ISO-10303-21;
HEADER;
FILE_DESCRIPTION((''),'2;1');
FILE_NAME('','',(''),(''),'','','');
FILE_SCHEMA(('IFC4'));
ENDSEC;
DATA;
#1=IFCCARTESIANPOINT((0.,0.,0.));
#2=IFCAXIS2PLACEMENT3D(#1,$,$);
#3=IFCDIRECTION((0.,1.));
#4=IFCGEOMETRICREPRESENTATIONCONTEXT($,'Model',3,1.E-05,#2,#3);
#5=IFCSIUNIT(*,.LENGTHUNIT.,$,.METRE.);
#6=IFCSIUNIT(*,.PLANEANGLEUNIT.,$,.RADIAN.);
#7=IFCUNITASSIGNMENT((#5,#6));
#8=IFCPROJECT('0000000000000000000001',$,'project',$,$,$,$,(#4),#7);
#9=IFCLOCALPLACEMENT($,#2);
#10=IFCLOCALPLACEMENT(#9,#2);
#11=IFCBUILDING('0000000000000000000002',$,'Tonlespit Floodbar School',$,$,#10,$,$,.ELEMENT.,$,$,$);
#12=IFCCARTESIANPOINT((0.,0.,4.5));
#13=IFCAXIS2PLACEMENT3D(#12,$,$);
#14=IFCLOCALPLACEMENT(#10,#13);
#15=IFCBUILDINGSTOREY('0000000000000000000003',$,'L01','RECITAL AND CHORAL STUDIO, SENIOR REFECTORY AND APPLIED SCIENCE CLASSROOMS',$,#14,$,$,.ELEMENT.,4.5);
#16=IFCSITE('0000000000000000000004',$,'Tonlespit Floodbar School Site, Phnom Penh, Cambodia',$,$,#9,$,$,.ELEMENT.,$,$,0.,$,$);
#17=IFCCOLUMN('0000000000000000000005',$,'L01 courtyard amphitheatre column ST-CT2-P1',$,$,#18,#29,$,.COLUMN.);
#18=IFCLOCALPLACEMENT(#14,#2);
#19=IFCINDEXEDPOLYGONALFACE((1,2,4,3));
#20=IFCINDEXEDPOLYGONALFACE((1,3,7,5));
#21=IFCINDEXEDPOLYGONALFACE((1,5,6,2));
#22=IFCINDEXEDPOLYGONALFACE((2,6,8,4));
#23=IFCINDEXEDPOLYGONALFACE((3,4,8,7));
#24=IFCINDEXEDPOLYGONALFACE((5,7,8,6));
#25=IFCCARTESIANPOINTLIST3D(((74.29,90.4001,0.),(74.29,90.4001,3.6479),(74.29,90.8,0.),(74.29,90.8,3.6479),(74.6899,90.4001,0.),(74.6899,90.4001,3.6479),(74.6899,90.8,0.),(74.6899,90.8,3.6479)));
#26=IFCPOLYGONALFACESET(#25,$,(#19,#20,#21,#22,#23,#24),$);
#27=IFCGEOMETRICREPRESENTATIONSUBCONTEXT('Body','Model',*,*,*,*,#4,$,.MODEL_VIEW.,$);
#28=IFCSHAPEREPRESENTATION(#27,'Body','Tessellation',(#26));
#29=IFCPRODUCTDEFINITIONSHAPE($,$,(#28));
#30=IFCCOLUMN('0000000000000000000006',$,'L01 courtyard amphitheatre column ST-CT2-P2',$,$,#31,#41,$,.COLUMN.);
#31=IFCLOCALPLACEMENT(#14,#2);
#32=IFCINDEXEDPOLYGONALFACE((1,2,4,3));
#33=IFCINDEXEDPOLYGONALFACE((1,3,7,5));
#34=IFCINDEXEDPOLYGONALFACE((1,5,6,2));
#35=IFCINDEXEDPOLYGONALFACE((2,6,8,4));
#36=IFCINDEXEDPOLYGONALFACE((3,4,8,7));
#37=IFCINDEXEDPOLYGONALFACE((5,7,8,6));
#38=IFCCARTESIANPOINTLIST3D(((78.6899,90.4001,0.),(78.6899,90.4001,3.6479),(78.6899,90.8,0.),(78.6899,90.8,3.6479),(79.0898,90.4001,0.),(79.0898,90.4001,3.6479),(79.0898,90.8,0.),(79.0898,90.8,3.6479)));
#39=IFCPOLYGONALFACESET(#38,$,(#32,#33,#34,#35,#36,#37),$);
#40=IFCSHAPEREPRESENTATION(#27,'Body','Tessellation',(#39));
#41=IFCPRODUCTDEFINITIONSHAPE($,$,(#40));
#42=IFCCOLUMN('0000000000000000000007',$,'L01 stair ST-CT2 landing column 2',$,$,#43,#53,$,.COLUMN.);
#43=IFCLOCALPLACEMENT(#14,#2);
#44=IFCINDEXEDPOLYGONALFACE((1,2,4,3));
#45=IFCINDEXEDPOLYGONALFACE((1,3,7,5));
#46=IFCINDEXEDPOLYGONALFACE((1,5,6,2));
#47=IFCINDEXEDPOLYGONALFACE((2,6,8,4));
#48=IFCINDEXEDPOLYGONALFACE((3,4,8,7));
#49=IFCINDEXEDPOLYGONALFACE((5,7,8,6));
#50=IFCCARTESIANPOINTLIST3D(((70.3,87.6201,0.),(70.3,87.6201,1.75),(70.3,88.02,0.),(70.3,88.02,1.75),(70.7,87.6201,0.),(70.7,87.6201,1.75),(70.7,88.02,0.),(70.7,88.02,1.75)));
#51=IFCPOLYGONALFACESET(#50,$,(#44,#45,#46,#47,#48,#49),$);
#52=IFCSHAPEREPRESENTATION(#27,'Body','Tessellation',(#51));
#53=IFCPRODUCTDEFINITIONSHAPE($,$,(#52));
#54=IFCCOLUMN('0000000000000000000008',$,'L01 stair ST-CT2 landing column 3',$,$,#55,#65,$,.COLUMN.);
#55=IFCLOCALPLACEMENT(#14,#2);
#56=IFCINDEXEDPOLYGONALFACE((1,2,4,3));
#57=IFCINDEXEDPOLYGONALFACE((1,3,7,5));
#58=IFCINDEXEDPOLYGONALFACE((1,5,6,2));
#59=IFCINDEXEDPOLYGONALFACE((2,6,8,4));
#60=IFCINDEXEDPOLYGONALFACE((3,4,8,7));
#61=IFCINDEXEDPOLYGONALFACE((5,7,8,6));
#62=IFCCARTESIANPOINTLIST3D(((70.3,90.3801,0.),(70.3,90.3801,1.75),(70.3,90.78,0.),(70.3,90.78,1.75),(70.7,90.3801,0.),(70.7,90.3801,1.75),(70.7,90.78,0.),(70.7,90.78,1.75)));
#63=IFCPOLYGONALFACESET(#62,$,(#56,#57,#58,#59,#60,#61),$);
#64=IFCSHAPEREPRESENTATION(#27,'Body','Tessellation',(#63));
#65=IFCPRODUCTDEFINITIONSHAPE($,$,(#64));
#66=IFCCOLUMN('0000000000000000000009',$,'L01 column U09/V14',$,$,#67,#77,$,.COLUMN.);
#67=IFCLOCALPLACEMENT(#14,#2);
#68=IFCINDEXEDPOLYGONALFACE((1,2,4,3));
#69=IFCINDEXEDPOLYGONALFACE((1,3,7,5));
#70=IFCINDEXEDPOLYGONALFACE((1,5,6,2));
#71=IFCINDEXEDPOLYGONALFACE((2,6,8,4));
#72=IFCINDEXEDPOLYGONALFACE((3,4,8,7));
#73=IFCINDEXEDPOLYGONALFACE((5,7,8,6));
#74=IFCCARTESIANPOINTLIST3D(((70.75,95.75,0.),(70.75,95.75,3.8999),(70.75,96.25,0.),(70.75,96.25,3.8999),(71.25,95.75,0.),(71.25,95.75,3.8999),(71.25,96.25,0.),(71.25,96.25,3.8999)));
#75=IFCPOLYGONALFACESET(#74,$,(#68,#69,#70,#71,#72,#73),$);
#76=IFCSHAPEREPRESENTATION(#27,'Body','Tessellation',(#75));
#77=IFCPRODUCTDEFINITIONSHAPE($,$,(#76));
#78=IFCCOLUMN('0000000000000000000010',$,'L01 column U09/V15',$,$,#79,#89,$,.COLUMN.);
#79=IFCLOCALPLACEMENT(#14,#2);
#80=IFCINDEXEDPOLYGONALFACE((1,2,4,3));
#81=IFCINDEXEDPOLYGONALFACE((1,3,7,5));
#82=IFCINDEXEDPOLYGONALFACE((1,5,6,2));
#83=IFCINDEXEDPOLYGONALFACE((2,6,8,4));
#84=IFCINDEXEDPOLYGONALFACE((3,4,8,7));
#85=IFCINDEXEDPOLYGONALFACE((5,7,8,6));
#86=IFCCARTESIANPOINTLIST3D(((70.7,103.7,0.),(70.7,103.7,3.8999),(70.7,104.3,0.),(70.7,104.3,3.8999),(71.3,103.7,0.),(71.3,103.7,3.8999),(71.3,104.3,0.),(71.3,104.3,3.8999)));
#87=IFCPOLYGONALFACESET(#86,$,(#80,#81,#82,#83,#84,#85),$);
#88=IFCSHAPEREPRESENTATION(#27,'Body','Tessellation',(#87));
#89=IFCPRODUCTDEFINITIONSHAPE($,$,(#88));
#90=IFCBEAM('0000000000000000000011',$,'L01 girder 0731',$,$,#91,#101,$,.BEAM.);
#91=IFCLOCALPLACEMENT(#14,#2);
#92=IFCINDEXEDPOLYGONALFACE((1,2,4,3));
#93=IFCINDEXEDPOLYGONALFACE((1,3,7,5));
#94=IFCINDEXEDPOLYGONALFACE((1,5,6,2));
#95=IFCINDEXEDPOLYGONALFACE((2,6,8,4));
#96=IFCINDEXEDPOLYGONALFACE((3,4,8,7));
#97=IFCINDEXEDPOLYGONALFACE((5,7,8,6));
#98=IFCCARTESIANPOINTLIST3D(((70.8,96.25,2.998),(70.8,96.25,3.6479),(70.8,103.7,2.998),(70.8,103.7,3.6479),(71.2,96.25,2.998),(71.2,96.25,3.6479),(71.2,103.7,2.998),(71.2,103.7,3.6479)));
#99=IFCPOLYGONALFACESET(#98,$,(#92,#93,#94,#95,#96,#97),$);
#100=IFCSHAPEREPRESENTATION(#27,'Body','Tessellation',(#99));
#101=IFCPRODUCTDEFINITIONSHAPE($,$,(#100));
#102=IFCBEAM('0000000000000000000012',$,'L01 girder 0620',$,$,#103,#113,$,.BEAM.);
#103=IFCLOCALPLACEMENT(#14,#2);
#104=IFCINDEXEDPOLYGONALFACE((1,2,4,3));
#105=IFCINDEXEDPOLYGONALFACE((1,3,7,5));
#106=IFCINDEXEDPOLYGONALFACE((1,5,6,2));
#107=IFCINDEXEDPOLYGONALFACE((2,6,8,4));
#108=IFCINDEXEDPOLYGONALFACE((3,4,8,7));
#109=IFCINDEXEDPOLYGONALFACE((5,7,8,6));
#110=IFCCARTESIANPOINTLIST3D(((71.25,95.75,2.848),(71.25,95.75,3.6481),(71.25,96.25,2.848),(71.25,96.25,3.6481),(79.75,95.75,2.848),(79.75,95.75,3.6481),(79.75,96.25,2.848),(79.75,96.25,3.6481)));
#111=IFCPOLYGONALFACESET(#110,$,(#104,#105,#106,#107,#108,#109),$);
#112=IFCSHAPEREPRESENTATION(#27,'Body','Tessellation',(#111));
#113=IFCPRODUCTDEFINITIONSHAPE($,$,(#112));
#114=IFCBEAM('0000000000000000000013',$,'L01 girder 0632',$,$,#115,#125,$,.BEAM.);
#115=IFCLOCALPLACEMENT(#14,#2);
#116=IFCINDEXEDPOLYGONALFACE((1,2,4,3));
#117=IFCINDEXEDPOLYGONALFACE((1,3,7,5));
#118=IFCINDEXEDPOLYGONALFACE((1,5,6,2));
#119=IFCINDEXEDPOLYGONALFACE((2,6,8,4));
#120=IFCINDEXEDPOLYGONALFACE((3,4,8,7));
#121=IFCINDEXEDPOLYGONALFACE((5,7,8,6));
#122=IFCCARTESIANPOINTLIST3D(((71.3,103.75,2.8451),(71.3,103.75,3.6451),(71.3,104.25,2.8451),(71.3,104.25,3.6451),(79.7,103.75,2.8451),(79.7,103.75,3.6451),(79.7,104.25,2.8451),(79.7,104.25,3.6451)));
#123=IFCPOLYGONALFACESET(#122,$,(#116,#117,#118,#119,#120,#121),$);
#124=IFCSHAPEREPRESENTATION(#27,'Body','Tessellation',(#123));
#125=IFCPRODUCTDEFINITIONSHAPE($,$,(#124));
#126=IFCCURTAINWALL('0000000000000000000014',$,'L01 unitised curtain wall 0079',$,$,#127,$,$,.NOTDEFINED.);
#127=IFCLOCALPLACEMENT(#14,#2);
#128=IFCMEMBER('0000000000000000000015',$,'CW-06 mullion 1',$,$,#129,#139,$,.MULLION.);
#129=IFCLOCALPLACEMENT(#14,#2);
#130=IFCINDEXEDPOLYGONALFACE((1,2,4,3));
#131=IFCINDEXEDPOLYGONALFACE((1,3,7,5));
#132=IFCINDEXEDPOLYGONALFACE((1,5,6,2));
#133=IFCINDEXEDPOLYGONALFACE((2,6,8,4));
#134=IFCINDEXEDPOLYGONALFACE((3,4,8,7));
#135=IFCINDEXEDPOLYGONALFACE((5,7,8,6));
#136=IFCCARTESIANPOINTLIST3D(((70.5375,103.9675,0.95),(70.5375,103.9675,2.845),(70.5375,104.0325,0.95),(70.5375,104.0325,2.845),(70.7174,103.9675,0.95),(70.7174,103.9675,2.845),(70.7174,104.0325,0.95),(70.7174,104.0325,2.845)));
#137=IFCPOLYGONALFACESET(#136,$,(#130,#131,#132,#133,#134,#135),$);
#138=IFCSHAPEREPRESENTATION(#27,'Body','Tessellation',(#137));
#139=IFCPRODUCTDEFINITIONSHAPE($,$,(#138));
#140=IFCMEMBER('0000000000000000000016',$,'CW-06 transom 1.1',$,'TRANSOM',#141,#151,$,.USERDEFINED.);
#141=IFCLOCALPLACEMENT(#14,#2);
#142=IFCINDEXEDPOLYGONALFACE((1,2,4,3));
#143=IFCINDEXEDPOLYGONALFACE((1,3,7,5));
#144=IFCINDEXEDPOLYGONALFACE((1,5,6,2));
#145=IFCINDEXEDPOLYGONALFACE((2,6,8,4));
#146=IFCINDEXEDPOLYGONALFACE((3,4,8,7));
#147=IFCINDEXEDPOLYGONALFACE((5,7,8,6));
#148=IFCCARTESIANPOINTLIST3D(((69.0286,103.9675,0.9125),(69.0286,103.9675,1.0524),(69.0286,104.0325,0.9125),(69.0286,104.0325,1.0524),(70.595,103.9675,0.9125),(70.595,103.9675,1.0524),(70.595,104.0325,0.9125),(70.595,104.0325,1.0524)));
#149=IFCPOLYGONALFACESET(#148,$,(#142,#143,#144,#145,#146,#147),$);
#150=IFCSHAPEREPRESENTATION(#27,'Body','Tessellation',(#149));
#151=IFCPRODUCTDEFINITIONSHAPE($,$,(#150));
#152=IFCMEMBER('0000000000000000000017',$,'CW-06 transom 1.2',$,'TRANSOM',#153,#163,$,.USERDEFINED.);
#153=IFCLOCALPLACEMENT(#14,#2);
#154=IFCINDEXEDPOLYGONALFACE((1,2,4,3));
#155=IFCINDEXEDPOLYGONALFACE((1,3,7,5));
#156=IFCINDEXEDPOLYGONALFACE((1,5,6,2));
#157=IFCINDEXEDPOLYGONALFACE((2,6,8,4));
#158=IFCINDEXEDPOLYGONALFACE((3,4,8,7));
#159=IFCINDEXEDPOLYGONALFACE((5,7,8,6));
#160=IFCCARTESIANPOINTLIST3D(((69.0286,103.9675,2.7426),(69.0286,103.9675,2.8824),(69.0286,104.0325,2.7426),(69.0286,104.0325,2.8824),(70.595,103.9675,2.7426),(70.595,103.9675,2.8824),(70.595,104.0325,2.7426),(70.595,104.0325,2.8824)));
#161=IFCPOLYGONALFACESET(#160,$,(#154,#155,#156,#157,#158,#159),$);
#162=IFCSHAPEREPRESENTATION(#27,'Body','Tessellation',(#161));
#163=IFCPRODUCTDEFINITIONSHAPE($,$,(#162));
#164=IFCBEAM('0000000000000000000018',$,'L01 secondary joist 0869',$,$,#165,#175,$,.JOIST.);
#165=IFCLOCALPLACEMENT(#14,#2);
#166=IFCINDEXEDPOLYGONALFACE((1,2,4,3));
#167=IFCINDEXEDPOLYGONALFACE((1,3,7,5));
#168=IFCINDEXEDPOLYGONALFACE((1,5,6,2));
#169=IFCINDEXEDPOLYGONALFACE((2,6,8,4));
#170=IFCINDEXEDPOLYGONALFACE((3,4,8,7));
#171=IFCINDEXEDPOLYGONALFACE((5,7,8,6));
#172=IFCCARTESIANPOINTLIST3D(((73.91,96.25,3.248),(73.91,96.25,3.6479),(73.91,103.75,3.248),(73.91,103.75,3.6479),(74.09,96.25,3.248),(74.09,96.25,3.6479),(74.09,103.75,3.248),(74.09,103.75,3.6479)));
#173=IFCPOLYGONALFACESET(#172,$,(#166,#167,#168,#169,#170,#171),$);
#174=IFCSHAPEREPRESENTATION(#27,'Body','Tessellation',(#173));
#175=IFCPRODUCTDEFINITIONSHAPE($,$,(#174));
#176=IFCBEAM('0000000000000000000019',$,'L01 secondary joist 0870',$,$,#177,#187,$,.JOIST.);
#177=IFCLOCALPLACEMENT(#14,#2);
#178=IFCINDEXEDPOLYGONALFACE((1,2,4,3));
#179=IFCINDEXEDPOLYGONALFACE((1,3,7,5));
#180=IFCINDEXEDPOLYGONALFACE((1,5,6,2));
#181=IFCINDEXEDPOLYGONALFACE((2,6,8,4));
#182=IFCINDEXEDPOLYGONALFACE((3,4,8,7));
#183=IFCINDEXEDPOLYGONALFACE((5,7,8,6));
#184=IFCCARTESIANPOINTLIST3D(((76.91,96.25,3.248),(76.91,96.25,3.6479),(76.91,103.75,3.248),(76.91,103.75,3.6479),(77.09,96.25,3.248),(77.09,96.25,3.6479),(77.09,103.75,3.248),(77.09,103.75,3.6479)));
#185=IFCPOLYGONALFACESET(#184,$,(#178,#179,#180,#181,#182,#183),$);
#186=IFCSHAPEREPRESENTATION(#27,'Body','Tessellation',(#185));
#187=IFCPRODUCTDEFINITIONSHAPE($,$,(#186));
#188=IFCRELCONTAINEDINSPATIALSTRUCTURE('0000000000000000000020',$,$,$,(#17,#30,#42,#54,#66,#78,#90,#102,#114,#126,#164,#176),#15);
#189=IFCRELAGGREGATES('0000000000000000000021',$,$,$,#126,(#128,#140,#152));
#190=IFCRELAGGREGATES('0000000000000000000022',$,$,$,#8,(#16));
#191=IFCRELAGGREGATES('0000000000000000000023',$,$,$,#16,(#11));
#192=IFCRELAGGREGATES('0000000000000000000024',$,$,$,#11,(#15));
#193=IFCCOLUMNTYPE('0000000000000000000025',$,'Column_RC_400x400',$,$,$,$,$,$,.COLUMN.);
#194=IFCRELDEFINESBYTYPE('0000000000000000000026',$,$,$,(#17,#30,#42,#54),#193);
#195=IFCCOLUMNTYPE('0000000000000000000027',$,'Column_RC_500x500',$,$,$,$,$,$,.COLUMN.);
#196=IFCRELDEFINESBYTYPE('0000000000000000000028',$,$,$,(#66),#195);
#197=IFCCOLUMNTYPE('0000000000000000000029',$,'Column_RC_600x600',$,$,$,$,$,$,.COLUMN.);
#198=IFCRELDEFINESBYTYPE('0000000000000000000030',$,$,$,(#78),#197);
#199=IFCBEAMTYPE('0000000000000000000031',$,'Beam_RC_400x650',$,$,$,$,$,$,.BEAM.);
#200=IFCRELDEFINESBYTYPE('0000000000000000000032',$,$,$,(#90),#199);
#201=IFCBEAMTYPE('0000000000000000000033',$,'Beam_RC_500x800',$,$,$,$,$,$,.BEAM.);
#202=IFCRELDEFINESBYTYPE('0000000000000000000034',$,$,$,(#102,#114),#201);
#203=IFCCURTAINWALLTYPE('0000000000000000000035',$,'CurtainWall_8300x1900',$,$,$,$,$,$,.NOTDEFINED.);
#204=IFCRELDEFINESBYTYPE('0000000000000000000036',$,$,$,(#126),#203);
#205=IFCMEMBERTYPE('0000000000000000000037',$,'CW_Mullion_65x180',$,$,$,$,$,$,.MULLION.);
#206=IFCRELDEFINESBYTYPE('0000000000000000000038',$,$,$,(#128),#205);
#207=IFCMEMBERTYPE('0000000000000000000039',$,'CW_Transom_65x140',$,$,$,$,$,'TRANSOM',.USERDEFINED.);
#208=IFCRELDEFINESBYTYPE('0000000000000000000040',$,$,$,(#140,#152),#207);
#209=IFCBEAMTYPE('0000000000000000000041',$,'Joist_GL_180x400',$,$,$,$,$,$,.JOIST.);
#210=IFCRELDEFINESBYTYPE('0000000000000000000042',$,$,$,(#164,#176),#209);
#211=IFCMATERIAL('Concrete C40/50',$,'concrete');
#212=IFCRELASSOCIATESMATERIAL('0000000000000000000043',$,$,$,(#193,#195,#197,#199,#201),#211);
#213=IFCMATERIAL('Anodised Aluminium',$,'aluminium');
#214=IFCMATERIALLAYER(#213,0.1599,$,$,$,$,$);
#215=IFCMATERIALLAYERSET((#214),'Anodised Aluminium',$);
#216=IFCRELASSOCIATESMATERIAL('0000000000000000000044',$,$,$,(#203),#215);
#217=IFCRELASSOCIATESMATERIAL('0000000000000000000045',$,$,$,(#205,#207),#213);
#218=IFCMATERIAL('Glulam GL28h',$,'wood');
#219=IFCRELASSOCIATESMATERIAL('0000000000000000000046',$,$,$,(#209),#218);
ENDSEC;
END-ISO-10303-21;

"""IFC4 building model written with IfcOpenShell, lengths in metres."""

from ifc_helpers import new_model, si_unit, direction, frame, origin, origin_2d, place, context, subcontext, project, spatial, rectangle, extrude, material, layer, layer_set, material_profile, profile_set, type_object, element, aggregate, save


model = new_model("IFC4")

# Units and contexts
model_context = context("Model", 3, precision=1e-05, world=origin(), true_north=direction((0.0, 1.0)))
body_context = subcontext(model_context, "Body", "Model", "MODEL_VIEW")
ifc_project = project(units=[si_unit("LENGTHUNIT", "METRE"), si_unit("PLANEANGLEUNIT", "RADIAN")], contexts=[model_context])

# Site, building, storey
site_placement = place(None, origin())
site = spatial("IfcSite", under=ifc_project, at=site_placement, Name="Tonlespit Floodbar School Site, Phnom Penh, Cambodia", CompositionType="ELEMENT", RefElevation=0.0)
building_placement = place(site_placement, origin())
building = spatial("IfcBuilding", under=site, at=building_placement, Name="Tonlespit Floodbar School", CompositionType="ELEMENT")
storey_placement = place(building_placement, frame((0.0, 0.0, 4.5)))
storey = spatial("IfcBuildingStorey", under=building, at=storey_placement, Name="L01", Description="RECITAL AND CHORAL STUDIO, SENIOR REFECTORY AND APPLIED SCIENCE CLASSROOMS", CompositionType="ELEMENT", Elevation=4.5)

# Columns
ifc_material_1 = material(Name="Concrete C40/50", Category="concrete")
ifc_material_profile_1 = material_profile(ifc_material_1, rectangle(XDim=0.3999, YDim=0.3999, at=origin_2d()), Name="RC 400x400")
ifc_profile_set_1 = profile_set([ifc_material_profile_1], Name="Concrete C40/50")
column_type_1 = type_object("IfcColumnType", Name="Column_RC_400x400", PredefinedType="COLUMN", material=ifc_profile_set_1)
for number, where, z_axis, x_axis, name in (
    (1, (74.49, 90.6001, 0.0), (0.0, 0.0, 1.0), (1.0, 0.0, 0.0), "L01 courtyard amphitheatre column ST-CT2-P1"),
    (2, (78.8899, 90.6001, 0.0), (0.0, 0.0, 1.0), (1.0, 0.0, 0.0), "L01 courtyard amphitheatre column ST-CT2-P2"),
):
    element("IfcColumn", number, at=place(storey_placement, frame(where, z_axis=z_axis, x_axis=x_axis)), inside=storey, type_object=column_type_1, Name=name, PredefinedType="COLUMN", context=body_context, shape_type="SweptSolid", body=[
        extrude(rectangle(XDim=0.3999, YDim=0.3999, at=origin_2d()), origin(), (0.0, 0.0, 1.0), 3.6479),
    ])
for number, where, z_axis, x_axis, name in (
    (3, (70.5, 87.8201, 0.0), (0.0, 0.0, 1.0), (1.0, 0.0, 0.0), "L01 stair ST-CT2 landing column 2"),
    (4, (70.5, 90.5801, 0.0), (0.0, 0.0, 1.0), (1.0, 0.0, 0.0), "L01 stair ST-CT2 landing column 3"),
):
    element("IfcColumn", number, at=place(storey_placement, frame(where, z_axis=z_axis, x_axis=x_axis)), inside=storey, type_object=column_type_1, Name=name, PredefinedType="COLUMN", context=body_context, shape_type="SweptSolid", body=[
        extrude(rectangle(XDim=0.3999, YDim=0.3999, at=origin_2d()), origin(), (0.0, 0.0, 1.0), 1.75),
    ])
ifc_material_profile_2 = material_profile(ifc_material_1, rectangle(XDim=0.5, YDim=0.5, at=origin_2d()), Name="RC 500x500")
ifc_profile_set_2 = profile_set([ifc_material_profile_2], Name="Concrete C40/50")
column_type_2 = type_object("IfcColumnType", Name="Column_RC_500x500", PredefinedType="COLUMN", material=ifc_profile_set_2)
column_1_placement = place(storey_placement, frame((71.0, 96.0, 0.0), z_axis=(0.0, 0.0, 1.0), x_axis=(1.0, 0.0, 0.0)))
element("IfcColumn", 5, at=column_1_placement, inside=storey, type_object=column_type_2, Name="L01 column U09/V14", PredefinedType="COLUMN", context=body_context, shape_type="SweptSolid", body=[
    extrude(rectangle(XDim=0.5, YDim=0.5, at=origin_2d()), origin(), (0.0, 0.0, 1.0), 3.8999),
])
ifc_material_profile_3 = material_profile(ifc_material_1, rectangle(XDim=0.6001, YDim=0.6001, at=origin_2d()), Name="RC 600x600")
ifc_profile_set_3 = profile_set([ifc_material_profile_3], Name="Concrete C40/50")
column_type_3 = type_object("IfcColumnType", Name="Column_RC_600x600", PredefinedType="COLUMN", material=ifc_profile_set_3)
column_2_placement = place(storey_placement, frame((71.0, 104.0, 0.0), z_axis=(0.0, 0.0, 1.0), x_axis=(1.0, 0.0, 0.0)))
element("IfcColumn", 6, at=column_2_placement, inside=storey, type_object=column_type_3, Name="L01 column U09/V15", PredefinedType="COLUMN", context=body_context, shape_type="SweptSolid", body=[
    extrude(rectangle(XDim=0.6001, YDim=0.6001, at=origin_2d()), origin(), (0.0, 0.0, 1.0), 3.8999),
])

# Beams
ifc_material_profile_4 = material_profile(ifc_material_1, rectangle(XDim=0.3999, YDim=0.6499, at=origin_2d()), Name="RC 400x650")
ifc_profile_set_4 = profile_set([ifc_material_profile_4], Name="Concrete C40/50")
beam_type_1 = type_object("IfcBeamType", Name="Beam_RC_400x650", PredefinedType="BEAM", material=ifc_profile_set_4)
beam_1_placement = place(storey_placement, frame((71.0, 96.25, 3.323), z_axis=(0.0, 1.0, 0.0), x_axis=(-1.0, 0.0, 0.0)))
element("IfcBeam", 7, at=beam_1_placement, inside=storey, type_object=beam_type_1, Name="L01 girder 0731", PredefinedType="BEAM", context=body_context, shape_type="SweptSolid", body=[
    extrude(rectangle(XDim=0.3999, YDim=0.6499, at=origin_2d()), origin(), (0.0, 0.0, 1.0), 7.45),
])
ifc_material_profile_5 = material_profile(ifc_material_1, rectangle(XDim=0.5, YDim=0.8, at=origin_2d()), Name="RC 500x800")
ifc_profile_set_5 = profile_set([ifc_material_profile_5], Name="Concrete C40/50")
beam_type_2 = type_object("IfcBeamType", Name="Beam_RC_500x800", PredefinedType="BEAM", material=ifc_profile_set_5)
beam_2_placement = place(storey_placement, frame((71.25, 96.0, 3.248), z_axis=(1.0, 0.0, 0.0), x_axis=(0.0, 1.0, 0.0)))
element("IfcBeam", 8, at=beam_2_placement, inside=storey, type_object=beam_type_2, Name="L01 girder 0620", PredefinedType="BEAM", context=body_context, shape_type="SweptSolid", body=[
    extrude(rectangle(XDim=0.5, YDim=0.8, at=origin_2d()), origin(), (0.0, 0.0, 1.0), 8.5),
])
beam_3_placement = place(storey_placement, frame((71.3, 104.0, 3.2451), z_axis=(1.0, 0.0, 0.0), x_axis=(0.0, 1.0, 0.0)))
element("IfcBeam", 9, at=beam_3_placement, inside=storey, type_object=beam_type_2, Name="L01 girder 0632", PredefinedType="BEAM", context=body_context, shape_type="SweptSolid", body=[
    extrude(rectangle(XDim=0.5, YDim=0.8, at=origin_2d()), origin(), (0.0, 0.0, 1.0), 8.3999),
])

# Curtain wall, members
ifc_material_2 = material(Name="Anodised Aluminium", Category="aluminium")
ifc_layer_1 = layer(ifc_material_2, 0.1599)
ifc_layer_set_1 = layer_set([ifc_layer_1], Name="Anodised Aluminium")
curtain_wall_type = type_object("IfcCurtainWallType", Name="CurtainWall_8300x1900", PredefinedType="NOTDEFINED", material=ifc_layer_set_1)
curtain_wall_placement = place(storey_placement, origin())
curtain_wall = element("IfcCurtainWall", 10, at=curtain_wall_placement, inside=storey, type_object=curtain_wall_type, Name="L01 unitised curtain wall 0079", PredefinedType="NOTDEFINED")
ifc_material_profile_6 = material_profile(ifc_material_2, rectangle(XDim=0.0649, YDim=0.1799, at=origin_2d()), Name="ALU M65x180")
ifc_profile_set_6 = profile_set([ifc_material_profile_6], Name="Anodised Aluminium")
member_type_1 = type_object("IfcMemberType", Name="CW_Mullion_65x180", PredefinedType="MULLION", material=ifc_profile_set_6)
member_1_placement = place(storey_placement, frame((70.6274, 104.0, 0.95), z_axis=(0.0, 0.0, 1.0), x_axis=(0.0, -1.0, 0.0)))
member_1 = element("IfcMember", 11, at=member_1_placement, type_object=member_type_1, Name="CW-06 mullion 1", PredefinedType="MULLION", context=body_context, shape_type="SweptSolid", body=[
    extrude(rectangle(XDim=0.0649, YDim=0.1799, at=origin_2d()), origin(), (0.0, 0.0, 1.0), 1.895),
])
ifc_material_profile_7 = material_profile(ifc_material_2, rectangle(XDim=0.0649, YDim=0.1399, at=origin_2d()), Name="ALU T65x140")
ifc_profile_set_7 = profile_set([ifc_material_profile_7], Name="Anodised Aluminium")
member_type_2 = type_object("IfcMemberType", Name="CW_Transom_65x140", ElementType="TRANSOM", PredefinedType="USERDEFINED", material=ifc_profile_set_7)
member_2_placement = place(storey_placement, frame((70.595, 104.0, 0.9824), z_axis=(-1.0, 0.0, 0.0), x_axis=(0.0, -1.0, 0.0)))
member_2 = element("IfcMember", 12, at=member_2_placement, type_object=member_type_2, Name="CW-06 transom 1.1", ObjectType="TRANSOM", PredefinedType="USERDEFINED", context=body_context, shape_type="SweptSolid", body=[
    extrude(rectangle(XDim=0.0649, YDim=0.1399, at=origin_2d()), origin(), (0.0, 0.0, 1.0), 1.5664),
])
member_3_placement = place(storey_placement, frame((70.595, 104.0, 2.8125), z_axis=(-1.0, 0.0, 0.0), x_axis=(0.0, -1.0, 0.0)))
member_3 = element("IfcMember", 13, at=member_3_placement, type_object=member_type_2, Name="CW-06 transom 1.2", ObjectType="TRANSOM", PredefinedType="USERDEFINED", context=body_context, shape_type="SweptSolid", body=[
    extrude(rectangle(XDim=0.0649, YDim=0.1399, at=origin_2d()), origin(), (0.0, 0.0, 1.0), 1.5664),
])
aggregate(curtain_wall, [member_1, member_2, member_3])

# Beams
ifc_material_3 = material(Name="Glulam GL28h", Category="wood")
ifc_material_profile_8 = material_profile(ifc_material_3, rectangle(XDim=0.1799, YDim=0.3999, at=origin_2d()), Name="GL 180x400")
ifc_profile_set_8 = profile_set([ifc_material_profile_8], Name="Glulam GL28h")
beam_type_3 = type_object("IfcBeamType", Name="Joist_GL_180x400", PredefinedType="JOIST", material=ifc_profile_set_8)
for number, where, z_axis, x_axis, name in (
    (14, (74.0, 96.25, 3.448), (0.0, 1.0, 0.0), (-1.0, 0.0, 0.0), "L01 secondary joist 0869"),
    (15, (77.0, 96.25, 3.448), (0.0, 1.0, 0.0), (-1.0, 0.0, 0.0), "L01 secondary joist 0870"),
):
    element("IfcBeam", number, at=place(storey_placement, frame(where, z_axis=z_axis, x_axis=x_axis)), inside=storey, type_object=beam_type_3, Name=name, PredefinedType="JOIST", context=body_context, shape_type="SweptSolid", body=[
        extrude(rectangle(XDim=0.1799, YDim=0.3999, at=origin_2d()), origin(), (0.0, 0.0, 1.0), 7.5),
    ])

save(model, "model.ifc")
